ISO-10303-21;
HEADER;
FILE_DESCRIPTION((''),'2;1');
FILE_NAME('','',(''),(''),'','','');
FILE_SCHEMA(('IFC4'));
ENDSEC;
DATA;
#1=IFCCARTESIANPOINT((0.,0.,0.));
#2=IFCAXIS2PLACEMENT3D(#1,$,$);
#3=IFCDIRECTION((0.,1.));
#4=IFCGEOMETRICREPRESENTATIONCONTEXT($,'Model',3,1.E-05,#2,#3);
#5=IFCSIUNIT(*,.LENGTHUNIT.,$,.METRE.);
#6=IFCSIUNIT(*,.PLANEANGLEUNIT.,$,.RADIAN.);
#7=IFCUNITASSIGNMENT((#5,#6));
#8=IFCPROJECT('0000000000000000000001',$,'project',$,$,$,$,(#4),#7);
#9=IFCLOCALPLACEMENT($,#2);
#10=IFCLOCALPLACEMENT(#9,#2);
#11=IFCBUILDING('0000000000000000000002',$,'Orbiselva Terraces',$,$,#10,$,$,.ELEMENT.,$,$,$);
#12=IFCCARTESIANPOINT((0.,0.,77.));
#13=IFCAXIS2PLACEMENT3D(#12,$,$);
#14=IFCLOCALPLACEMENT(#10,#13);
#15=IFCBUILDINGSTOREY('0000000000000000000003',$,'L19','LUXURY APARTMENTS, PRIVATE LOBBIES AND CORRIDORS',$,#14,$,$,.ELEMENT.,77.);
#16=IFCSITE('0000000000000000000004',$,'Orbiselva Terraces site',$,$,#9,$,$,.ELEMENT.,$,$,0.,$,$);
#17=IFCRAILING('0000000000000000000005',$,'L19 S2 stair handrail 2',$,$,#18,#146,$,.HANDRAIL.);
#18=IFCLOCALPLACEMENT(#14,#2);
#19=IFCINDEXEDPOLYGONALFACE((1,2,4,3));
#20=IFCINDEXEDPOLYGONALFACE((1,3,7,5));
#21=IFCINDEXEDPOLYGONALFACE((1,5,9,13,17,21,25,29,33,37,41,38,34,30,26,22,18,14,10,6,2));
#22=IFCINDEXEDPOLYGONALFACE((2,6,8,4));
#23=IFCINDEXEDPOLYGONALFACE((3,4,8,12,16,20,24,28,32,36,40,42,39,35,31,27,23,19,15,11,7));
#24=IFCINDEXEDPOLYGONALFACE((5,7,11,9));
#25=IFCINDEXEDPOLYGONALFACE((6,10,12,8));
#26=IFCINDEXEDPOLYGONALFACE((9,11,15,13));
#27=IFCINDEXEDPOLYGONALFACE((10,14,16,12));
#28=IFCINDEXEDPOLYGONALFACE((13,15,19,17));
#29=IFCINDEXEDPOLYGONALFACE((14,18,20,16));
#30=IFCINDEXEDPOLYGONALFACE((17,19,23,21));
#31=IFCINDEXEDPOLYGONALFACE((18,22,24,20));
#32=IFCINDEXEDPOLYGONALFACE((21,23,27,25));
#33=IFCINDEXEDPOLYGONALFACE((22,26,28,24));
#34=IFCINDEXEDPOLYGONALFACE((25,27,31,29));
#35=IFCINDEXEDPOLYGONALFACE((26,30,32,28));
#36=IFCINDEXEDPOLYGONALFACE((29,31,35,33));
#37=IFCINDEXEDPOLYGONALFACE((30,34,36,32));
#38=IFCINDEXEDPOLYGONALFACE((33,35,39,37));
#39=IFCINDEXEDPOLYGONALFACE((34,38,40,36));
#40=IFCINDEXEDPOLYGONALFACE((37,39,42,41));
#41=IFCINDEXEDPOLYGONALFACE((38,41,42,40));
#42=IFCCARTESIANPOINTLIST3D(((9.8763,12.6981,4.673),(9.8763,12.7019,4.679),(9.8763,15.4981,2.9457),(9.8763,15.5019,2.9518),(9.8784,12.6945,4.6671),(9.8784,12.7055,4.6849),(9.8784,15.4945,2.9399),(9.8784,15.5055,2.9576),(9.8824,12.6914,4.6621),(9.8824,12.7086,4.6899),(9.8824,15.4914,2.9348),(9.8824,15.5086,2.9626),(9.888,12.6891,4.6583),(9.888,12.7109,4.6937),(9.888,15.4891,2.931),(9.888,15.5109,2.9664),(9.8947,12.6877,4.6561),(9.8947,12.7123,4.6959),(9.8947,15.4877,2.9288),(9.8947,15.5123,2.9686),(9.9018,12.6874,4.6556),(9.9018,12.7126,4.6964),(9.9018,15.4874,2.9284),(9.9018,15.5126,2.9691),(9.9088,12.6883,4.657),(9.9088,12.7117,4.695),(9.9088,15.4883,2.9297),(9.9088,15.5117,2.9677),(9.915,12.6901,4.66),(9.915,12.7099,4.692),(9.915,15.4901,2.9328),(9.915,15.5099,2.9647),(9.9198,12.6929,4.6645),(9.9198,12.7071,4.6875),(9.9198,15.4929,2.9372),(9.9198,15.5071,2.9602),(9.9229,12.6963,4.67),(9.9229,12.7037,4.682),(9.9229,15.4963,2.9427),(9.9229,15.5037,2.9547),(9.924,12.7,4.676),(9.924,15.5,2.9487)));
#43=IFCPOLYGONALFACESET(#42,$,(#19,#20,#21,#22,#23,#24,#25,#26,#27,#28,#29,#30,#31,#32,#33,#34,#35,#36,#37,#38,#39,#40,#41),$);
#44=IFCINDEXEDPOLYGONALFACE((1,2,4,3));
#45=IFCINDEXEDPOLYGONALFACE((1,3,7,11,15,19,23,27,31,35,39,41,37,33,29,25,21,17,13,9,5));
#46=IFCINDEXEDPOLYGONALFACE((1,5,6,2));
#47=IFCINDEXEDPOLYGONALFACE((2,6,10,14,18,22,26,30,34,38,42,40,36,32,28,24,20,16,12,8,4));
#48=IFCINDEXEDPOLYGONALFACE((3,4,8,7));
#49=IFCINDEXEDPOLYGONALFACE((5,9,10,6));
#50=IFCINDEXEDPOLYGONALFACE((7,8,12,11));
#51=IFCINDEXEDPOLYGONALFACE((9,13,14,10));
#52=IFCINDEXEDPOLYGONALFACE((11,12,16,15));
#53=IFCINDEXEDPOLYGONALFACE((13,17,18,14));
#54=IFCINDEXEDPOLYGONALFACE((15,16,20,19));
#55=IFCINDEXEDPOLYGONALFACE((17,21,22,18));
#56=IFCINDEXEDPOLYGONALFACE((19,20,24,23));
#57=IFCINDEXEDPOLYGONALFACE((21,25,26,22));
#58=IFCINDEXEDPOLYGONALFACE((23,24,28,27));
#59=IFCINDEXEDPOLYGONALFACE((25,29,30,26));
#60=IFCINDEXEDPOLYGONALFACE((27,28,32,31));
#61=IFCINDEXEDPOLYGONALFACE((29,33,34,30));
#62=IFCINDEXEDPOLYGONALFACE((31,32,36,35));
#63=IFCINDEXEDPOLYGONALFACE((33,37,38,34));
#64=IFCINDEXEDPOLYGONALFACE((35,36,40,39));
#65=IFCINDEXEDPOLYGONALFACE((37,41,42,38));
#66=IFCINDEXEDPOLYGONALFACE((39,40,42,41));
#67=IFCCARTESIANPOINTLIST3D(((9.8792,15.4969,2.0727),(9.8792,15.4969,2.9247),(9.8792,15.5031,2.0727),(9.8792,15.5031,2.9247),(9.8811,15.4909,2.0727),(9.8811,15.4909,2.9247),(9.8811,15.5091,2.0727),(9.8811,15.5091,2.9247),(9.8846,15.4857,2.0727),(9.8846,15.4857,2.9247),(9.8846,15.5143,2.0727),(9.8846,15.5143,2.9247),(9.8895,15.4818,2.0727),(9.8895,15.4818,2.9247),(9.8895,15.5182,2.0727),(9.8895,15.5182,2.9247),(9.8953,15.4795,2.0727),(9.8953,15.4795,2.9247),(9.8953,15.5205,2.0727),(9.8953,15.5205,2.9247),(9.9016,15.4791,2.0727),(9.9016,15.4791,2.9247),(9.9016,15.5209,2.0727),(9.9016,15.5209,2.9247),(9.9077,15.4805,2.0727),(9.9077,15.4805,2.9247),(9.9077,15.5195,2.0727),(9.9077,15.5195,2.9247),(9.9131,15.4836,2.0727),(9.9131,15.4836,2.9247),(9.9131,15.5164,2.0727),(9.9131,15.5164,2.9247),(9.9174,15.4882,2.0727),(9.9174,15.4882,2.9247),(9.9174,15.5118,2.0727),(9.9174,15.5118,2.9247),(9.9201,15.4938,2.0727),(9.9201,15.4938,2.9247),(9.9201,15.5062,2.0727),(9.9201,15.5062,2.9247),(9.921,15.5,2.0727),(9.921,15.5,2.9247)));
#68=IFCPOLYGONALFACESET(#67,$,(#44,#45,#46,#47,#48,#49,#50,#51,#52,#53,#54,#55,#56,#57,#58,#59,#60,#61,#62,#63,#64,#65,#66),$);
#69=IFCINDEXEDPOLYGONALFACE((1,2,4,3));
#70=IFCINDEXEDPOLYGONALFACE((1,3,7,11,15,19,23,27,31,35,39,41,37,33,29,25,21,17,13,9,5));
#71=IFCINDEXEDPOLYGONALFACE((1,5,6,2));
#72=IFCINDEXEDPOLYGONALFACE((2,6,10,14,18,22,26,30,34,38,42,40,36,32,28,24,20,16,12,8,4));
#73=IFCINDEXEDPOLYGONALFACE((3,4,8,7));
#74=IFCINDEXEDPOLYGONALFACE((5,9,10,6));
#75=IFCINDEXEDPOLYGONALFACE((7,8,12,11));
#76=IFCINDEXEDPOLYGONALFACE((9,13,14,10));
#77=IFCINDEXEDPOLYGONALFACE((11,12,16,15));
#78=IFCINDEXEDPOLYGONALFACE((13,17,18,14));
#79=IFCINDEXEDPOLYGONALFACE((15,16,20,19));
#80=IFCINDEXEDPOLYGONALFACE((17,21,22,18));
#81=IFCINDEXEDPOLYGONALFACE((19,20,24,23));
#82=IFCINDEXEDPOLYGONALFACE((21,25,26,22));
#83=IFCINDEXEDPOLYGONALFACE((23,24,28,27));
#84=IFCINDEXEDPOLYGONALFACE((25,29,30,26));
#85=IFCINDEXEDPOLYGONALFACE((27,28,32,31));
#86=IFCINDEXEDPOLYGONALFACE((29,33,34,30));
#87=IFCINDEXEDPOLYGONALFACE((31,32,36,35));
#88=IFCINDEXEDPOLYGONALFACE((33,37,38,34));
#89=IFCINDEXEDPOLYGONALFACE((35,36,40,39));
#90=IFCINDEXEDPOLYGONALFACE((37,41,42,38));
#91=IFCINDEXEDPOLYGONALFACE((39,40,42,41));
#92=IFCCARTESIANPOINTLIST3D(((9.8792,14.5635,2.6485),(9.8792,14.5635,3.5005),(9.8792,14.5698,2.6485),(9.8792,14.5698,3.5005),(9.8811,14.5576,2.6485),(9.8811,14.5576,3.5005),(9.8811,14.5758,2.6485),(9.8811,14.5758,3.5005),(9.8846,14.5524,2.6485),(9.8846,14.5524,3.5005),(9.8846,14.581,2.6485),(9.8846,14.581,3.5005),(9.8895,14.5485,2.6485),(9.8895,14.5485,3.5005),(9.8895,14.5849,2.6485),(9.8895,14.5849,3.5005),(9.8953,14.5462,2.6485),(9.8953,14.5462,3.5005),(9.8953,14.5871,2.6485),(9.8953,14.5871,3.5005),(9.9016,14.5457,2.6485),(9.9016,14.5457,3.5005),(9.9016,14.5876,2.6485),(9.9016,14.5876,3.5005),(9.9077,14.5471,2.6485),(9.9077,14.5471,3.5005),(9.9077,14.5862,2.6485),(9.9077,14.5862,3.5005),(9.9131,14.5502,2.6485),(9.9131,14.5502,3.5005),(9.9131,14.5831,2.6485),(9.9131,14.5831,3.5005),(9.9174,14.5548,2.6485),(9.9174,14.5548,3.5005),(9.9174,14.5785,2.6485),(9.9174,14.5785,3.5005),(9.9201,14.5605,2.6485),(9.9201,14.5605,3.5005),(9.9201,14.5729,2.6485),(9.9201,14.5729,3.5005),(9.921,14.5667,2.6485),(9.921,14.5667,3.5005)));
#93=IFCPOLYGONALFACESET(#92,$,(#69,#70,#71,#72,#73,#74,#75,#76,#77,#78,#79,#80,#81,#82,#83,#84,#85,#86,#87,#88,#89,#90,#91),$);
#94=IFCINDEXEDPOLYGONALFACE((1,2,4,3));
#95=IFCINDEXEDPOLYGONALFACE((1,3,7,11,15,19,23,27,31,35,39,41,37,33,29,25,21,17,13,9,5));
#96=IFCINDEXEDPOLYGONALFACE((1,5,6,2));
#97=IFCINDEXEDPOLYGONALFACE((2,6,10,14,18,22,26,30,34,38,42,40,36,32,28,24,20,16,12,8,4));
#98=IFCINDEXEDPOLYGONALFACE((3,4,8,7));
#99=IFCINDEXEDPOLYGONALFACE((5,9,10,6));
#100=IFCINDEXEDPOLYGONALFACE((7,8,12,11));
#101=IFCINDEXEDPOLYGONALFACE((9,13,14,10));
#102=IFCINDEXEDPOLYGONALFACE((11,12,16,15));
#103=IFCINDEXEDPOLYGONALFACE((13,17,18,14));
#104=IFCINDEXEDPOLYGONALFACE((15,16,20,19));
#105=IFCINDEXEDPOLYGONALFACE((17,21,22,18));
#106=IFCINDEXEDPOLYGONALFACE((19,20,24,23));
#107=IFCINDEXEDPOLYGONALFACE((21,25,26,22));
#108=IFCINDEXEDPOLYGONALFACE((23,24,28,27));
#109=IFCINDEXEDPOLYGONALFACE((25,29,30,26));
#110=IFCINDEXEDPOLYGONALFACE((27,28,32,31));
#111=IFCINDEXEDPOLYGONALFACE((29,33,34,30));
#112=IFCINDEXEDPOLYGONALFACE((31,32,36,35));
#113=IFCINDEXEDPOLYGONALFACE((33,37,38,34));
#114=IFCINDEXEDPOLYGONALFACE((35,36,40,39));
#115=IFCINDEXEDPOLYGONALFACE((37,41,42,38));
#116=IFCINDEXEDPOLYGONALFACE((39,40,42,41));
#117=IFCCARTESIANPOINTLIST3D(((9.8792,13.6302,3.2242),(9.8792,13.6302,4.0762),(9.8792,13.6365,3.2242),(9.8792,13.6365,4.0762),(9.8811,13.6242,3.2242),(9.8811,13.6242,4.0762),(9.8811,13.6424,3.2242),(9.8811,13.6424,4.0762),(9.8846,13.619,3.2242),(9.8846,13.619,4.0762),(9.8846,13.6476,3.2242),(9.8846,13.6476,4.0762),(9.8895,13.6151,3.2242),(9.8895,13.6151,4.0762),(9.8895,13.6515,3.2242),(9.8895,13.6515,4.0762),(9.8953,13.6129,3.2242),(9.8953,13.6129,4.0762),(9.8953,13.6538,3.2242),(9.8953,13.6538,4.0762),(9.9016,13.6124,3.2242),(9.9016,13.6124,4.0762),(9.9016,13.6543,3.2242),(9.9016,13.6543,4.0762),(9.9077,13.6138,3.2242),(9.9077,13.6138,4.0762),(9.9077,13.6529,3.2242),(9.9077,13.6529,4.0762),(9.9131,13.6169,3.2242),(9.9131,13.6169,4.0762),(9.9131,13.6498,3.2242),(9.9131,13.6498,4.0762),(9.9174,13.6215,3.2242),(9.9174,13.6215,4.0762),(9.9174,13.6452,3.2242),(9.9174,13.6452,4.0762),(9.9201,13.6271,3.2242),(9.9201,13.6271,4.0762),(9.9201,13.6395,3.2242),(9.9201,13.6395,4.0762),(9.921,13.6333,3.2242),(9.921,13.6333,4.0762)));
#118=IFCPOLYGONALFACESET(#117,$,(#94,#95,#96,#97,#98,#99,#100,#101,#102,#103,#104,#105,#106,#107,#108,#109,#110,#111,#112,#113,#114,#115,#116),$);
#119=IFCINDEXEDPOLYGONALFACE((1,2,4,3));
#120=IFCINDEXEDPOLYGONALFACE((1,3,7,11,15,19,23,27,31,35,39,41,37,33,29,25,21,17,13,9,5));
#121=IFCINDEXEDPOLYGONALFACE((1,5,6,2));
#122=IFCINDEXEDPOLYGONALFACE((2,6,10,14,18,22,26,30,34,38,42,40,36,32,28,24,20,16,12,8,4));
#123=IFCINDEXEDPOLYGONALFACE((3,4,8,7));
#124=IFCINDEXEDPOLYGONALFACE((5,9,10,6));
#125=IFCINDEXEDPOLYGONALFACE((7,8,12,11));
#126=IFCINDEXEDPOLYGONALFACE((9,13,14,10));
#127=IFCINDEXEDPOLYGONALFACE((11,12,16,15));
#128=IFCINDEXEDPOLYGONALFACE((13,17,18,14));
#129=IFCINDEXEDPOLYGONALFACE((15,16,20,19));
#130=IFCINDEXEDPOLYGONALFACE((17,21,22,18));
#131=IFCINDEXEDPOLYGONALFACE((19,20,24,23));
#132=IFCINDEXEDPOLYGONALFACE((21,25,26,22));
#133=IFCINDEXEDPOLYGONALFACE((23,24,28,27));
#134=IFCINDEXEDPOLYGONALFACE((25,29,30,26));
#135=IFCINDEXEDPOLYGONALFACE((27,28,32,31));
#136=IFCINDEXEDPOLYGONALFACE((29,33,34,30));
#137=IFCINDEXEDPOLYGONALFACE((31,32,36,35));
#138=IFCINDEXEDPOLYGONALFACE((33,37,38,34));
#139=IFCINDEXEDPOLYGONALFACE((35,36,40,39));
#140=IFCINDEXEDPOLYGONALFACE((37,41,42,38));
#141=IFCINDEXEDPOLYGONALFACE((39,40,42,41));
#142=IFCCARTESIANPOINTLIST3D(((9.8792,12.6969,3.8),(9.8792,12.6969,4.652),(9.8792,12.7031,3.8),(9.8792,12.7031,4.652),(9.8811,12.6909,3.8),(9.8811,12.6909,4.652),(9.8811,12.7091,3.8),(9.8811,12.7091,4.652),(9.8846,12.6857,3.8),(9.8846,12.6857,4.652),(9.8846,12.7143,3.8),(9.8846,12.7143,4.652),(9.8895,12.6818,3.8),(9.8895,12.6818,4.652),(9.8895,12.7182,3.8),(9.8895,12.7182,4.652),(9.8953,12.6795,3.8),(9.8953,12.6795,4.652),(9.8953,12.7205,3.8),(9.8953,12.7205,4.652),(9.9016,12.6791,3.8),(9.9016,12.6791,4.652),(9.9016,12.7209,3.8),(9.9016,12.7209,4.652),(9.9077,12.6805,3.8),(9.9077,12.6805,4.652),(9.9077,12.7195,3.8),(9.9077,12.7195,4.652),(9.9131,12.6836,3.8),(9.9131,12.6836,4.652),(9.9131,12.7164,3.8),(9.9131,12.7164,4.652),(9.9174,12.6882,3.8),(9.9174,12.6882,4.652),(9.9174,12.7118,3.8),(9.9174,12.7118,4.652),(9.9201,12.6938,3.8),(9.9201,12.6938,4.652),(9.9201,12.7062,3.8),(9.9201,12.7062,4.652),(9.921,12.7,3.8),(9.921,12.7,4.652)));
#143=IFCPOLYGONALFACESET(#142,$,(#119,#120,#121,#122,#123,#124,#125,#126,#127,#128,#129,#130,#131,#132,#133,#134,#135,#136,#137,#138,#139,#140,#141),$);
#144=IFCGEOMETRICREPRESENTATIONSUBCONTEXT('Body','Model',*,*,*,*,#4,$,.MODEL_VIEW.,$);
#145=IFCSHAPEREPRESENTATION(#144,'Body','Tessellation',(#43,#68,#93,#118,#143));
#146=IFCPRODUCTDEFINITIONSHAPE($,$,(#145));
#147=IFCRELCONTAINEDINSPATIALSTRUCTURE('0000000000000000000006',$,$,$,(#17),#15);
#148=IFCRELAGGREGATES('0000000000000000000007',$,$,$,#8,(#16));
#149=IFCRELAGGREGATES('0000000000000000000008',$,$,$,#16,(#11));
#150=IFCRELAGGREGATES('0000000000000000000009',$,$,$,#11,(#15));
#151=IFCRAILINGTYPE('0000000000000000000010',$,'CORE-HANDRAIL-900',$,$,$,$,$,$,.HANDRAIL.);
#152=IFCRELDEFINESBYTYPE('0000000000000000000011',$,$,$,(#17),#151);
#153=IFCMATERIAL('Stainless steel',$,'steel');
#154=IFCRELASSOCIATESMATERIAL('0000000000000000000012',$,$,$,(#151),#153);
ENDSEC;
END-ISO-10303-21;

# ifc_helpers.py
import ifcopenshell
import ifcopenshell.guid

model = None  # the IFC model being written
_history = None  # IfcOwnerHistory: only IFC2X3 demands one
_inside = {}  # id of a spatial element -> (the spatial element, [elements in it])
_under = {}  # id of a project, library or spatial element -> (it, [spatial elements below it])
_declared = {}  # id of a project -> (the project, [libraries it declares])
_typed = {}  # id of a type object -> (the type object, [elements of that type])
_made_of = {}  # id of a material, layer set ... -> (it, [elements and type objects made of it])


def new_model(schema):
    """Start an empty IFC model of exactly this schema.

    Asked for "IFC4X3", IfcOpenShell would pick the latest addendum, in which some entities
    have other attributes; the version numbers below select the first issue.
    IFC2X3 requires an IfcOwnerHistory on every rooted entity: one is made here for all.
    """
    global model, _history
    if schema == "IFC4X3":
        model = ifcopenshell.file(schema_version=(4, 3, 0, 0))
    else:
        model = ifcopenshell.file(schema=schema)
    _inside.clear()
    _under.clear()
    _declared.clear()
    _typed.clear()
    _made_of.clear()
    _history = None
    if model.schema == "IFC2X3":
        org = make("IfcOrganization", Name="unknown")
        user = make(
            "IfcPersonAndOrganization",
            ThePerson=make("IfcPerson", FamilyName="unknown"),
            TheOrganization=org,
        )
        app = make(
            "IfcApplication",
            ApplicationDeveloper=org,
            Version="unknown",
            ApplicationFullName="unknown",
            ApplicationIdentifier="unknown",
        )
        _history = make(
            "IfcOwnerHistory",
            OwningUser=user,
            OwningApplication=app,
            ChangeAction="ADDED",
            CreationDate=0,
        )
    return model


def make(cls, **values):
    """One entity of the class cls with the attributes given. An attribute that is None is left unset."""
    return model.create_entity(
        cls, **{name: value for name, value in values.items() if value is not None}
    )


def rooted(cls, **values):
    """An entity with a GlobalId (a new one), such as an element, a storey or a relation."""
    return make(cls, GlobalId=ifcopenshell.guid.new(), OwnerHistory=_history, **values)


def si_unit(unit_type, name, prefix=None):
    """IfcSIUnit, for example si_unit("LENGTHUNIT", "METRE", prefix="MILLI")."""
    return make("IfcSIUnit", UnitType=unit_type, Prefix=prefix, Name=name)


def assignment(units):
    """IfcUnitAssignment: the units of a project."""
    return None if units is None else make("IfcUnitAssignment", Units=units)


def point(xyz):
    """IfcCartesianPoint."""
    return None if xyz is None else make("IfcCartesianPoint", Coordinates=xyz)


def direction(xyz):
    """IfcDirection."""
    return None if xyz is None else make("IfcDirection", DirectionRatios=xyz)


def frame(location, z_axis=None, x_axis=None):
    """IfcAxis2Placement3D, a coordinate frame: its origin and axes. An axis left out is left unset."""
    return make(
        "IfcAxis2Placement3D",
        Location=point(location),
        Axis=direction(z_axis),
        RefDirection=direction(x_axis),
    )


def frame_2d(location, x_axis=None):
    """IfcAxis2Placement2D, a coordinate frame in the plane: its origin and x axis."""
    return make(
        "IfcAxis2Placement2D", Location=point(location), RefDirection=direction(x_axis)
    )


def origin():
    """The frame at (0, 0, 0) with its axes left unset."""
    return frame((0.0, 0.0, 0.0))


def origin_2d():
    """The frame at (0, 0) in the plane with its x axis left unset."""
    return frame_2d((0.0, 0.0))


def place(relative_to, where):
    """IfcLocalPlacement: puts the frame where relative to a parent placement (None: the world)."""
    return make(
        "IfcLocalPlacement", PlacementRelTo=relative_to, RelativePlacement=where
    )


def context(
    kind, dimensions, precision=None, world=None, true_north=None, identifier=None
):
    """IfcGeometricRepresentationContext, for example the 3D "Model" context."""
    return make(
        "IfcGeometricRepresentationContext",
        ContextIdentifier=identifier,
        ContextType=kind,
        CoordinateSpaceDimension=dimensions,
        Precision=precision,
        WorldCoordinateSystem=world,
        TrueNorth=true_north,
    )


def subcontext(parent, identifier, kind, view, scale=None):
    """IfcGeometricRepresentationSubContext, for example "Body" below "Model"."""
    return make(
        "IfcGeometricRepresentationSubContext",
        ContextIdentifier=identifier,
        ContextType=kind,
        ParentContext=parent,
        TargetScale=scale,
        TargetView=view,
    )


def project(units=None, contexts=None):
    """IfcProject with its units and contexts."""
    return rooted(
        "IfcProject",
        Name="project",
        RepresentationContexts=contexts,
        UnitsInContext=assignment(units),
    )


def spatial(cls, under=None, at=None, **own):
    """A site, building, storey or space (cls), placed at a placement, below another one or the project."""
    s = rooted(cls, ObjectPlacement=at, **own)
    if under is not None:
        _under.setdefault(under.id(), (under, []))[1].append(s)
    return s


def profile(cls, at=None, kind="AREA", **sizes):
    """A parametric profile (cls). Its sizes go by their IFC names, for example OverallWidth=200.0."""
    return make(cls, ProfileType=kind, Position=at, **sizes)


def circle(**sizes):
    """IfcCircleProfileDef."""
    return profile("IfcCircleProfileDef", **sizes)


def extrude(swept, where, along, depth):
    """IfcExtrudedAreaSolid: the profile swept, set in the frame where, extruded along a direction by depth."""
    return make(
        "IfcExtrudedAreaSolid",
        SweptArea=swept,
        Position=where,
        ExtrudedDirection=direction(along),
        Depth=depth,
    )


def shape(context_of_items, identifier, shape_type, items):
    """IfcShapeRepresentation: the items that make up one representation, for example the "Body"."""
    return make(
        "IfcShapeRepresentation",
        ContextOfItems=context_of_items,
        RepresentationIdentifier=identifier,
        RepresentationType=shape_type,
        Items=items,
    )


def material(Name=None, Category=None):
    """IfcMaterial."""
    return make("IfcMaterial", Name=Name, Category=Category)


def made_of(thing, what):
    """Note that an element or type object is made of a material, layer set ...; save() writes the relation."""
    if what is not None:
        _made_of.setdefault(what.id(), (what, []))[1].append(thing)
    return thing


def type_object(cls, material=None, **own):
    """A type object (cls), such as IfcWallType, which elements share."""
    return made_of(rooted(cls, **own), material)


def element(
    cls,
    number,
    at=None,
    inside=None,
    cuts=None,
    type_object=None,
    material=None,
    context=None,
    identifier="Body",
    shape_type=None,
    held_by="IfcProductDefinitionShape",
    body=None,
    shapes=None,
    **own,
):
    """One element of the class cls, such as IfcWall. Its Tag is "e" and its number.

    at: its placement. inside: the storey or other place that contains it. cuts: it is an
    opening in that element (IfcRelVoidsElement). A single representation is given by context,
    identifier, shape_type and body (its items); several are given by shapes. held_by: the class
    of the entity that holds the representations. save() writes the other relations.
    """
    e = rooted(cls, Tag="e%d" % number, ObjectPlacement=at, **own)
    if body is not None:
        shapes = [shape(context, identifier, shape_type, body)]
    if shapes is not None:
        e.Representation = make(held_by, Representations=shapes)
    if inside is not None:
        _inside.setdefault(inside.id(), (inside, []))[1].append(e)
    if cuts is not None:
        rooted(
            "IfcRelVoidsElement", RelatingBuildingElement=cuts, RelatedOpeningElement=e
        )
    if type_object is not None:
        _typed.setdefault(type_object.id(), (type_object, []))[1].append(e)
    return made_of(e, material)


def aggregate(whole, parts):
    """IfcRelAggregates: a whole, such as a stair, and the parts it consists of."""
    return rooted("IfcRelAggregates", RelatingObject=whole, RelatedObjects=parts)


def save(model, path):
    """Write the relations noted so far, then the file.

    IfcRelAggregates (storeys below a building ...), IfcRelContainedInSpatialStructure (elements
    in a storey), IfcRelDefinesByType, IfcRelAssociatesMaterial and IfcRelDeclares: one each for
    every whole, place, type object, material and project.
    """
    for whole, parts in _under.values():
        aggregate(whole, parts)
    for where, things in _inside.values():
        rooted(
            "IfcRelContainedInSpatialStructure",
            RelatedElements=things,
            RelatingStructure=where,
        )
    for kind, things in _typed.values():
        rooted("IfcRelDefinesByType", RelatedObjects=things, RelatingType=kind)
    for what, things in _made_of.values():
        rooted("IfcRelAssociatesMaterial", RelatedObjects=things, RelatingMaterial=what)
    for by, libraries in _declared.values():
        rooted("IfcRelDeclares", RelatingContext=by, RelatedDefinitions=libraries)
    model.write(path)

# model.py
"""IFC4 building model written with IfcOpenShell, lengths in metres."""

from ifc_helpers import new_model, si_unit, direction, frame, origin, origin_2d, place, context, subcontext, project, spatial, circle, extrude, material, type_object, element, save


model = new_model("IFC4")

# Units and contexts
model_context = context("Model", 3, precision=1e-05, world=origin(), true_north=direction((0.0, 1.0)))
body_context = subcontext(model_context, "Body", "Model", "MODEL_VIEW")
ifc_project = project(units=[si_unit("LENGTHUNIT", "METRE"), si_unit("PLANEANGLEUNIT", "RADIAN")], contexts=[model_context])

# Site, building, storey
site_placement = place(None, origin())
site = spatial("IfcSite", under=ifc_project, at=site_placement, Name="Orbiselva Terraces site", CompositionType="ELEMENT", RefElevation=0.0)
building_placement = place(site_placement, origin())
building = spatial("IfcBuilding", under=site, at=building_placement, Name="Orbiselva Terraces", CompositionType="ELEMENT")
storey_placement = place(building_placement, frame((0.0, 0.0, 77.0)))
storey = spatial("IfcBuildingStorey", under=building, at=storey_placement, Name="L19", Description="LUXURY APARTMENTS, PRIVATE LOBBIES AND CORRIDORS", CompositionType="ELEMENT", Elevation=77.0)

# Railing
ifc_material_1 = material(Name="Stainless steel", Category="steel")
railing_type_1 = type_object("IfcRailingType", Name="CORE-HANDRAIL-900", PredefinedType="HANDRAIL", material=ifc_material_1)
railing_1_placement = place(storey_placement, frame((9.9, 15.5, 2.0727)))
element("IfcRailing", 1, at=railing_1_placement, inside=storey, type_object=railing_type_1, Name="L19 S2 stair handrail 2", PredefinedType="HANDRAIL", context=body_context, shape_type="SweptSolid", body=[
    extrude(circle(Radius=0.024, at=origin_2d()), frame((0.0, 0.0, 0.876), z_axis=(0.0, -0.851089, 0.525022), x_axis=(1.0, 0.0, 0.0)), (0.0, 0.0, 1.0), 3.2899),
    extrude(circle(Radius=0.021, at=origin_2d()), origin(), (0.0, 0.0, 1.0), 0.852),
    extrude(circle(Radius=0.021, at=origin_2d()), frame((0.0, -0.9333, 0.5758)), (0.0, 0.0, 1.0), 0.852),
    extrude(circle(Radius=0.021, at=origin_2d()), frame((0.0, -1.8667, 1.1515)), (0.0, 0.0, 1.0), 0.852),
    extrude(circle(Radius=0.021, at=origin_2d()), frame((0.0, -2.8, 1.7273)), (0.0, 0.0, 1.0), 0.852),
])

save(model, "model.ifc")
